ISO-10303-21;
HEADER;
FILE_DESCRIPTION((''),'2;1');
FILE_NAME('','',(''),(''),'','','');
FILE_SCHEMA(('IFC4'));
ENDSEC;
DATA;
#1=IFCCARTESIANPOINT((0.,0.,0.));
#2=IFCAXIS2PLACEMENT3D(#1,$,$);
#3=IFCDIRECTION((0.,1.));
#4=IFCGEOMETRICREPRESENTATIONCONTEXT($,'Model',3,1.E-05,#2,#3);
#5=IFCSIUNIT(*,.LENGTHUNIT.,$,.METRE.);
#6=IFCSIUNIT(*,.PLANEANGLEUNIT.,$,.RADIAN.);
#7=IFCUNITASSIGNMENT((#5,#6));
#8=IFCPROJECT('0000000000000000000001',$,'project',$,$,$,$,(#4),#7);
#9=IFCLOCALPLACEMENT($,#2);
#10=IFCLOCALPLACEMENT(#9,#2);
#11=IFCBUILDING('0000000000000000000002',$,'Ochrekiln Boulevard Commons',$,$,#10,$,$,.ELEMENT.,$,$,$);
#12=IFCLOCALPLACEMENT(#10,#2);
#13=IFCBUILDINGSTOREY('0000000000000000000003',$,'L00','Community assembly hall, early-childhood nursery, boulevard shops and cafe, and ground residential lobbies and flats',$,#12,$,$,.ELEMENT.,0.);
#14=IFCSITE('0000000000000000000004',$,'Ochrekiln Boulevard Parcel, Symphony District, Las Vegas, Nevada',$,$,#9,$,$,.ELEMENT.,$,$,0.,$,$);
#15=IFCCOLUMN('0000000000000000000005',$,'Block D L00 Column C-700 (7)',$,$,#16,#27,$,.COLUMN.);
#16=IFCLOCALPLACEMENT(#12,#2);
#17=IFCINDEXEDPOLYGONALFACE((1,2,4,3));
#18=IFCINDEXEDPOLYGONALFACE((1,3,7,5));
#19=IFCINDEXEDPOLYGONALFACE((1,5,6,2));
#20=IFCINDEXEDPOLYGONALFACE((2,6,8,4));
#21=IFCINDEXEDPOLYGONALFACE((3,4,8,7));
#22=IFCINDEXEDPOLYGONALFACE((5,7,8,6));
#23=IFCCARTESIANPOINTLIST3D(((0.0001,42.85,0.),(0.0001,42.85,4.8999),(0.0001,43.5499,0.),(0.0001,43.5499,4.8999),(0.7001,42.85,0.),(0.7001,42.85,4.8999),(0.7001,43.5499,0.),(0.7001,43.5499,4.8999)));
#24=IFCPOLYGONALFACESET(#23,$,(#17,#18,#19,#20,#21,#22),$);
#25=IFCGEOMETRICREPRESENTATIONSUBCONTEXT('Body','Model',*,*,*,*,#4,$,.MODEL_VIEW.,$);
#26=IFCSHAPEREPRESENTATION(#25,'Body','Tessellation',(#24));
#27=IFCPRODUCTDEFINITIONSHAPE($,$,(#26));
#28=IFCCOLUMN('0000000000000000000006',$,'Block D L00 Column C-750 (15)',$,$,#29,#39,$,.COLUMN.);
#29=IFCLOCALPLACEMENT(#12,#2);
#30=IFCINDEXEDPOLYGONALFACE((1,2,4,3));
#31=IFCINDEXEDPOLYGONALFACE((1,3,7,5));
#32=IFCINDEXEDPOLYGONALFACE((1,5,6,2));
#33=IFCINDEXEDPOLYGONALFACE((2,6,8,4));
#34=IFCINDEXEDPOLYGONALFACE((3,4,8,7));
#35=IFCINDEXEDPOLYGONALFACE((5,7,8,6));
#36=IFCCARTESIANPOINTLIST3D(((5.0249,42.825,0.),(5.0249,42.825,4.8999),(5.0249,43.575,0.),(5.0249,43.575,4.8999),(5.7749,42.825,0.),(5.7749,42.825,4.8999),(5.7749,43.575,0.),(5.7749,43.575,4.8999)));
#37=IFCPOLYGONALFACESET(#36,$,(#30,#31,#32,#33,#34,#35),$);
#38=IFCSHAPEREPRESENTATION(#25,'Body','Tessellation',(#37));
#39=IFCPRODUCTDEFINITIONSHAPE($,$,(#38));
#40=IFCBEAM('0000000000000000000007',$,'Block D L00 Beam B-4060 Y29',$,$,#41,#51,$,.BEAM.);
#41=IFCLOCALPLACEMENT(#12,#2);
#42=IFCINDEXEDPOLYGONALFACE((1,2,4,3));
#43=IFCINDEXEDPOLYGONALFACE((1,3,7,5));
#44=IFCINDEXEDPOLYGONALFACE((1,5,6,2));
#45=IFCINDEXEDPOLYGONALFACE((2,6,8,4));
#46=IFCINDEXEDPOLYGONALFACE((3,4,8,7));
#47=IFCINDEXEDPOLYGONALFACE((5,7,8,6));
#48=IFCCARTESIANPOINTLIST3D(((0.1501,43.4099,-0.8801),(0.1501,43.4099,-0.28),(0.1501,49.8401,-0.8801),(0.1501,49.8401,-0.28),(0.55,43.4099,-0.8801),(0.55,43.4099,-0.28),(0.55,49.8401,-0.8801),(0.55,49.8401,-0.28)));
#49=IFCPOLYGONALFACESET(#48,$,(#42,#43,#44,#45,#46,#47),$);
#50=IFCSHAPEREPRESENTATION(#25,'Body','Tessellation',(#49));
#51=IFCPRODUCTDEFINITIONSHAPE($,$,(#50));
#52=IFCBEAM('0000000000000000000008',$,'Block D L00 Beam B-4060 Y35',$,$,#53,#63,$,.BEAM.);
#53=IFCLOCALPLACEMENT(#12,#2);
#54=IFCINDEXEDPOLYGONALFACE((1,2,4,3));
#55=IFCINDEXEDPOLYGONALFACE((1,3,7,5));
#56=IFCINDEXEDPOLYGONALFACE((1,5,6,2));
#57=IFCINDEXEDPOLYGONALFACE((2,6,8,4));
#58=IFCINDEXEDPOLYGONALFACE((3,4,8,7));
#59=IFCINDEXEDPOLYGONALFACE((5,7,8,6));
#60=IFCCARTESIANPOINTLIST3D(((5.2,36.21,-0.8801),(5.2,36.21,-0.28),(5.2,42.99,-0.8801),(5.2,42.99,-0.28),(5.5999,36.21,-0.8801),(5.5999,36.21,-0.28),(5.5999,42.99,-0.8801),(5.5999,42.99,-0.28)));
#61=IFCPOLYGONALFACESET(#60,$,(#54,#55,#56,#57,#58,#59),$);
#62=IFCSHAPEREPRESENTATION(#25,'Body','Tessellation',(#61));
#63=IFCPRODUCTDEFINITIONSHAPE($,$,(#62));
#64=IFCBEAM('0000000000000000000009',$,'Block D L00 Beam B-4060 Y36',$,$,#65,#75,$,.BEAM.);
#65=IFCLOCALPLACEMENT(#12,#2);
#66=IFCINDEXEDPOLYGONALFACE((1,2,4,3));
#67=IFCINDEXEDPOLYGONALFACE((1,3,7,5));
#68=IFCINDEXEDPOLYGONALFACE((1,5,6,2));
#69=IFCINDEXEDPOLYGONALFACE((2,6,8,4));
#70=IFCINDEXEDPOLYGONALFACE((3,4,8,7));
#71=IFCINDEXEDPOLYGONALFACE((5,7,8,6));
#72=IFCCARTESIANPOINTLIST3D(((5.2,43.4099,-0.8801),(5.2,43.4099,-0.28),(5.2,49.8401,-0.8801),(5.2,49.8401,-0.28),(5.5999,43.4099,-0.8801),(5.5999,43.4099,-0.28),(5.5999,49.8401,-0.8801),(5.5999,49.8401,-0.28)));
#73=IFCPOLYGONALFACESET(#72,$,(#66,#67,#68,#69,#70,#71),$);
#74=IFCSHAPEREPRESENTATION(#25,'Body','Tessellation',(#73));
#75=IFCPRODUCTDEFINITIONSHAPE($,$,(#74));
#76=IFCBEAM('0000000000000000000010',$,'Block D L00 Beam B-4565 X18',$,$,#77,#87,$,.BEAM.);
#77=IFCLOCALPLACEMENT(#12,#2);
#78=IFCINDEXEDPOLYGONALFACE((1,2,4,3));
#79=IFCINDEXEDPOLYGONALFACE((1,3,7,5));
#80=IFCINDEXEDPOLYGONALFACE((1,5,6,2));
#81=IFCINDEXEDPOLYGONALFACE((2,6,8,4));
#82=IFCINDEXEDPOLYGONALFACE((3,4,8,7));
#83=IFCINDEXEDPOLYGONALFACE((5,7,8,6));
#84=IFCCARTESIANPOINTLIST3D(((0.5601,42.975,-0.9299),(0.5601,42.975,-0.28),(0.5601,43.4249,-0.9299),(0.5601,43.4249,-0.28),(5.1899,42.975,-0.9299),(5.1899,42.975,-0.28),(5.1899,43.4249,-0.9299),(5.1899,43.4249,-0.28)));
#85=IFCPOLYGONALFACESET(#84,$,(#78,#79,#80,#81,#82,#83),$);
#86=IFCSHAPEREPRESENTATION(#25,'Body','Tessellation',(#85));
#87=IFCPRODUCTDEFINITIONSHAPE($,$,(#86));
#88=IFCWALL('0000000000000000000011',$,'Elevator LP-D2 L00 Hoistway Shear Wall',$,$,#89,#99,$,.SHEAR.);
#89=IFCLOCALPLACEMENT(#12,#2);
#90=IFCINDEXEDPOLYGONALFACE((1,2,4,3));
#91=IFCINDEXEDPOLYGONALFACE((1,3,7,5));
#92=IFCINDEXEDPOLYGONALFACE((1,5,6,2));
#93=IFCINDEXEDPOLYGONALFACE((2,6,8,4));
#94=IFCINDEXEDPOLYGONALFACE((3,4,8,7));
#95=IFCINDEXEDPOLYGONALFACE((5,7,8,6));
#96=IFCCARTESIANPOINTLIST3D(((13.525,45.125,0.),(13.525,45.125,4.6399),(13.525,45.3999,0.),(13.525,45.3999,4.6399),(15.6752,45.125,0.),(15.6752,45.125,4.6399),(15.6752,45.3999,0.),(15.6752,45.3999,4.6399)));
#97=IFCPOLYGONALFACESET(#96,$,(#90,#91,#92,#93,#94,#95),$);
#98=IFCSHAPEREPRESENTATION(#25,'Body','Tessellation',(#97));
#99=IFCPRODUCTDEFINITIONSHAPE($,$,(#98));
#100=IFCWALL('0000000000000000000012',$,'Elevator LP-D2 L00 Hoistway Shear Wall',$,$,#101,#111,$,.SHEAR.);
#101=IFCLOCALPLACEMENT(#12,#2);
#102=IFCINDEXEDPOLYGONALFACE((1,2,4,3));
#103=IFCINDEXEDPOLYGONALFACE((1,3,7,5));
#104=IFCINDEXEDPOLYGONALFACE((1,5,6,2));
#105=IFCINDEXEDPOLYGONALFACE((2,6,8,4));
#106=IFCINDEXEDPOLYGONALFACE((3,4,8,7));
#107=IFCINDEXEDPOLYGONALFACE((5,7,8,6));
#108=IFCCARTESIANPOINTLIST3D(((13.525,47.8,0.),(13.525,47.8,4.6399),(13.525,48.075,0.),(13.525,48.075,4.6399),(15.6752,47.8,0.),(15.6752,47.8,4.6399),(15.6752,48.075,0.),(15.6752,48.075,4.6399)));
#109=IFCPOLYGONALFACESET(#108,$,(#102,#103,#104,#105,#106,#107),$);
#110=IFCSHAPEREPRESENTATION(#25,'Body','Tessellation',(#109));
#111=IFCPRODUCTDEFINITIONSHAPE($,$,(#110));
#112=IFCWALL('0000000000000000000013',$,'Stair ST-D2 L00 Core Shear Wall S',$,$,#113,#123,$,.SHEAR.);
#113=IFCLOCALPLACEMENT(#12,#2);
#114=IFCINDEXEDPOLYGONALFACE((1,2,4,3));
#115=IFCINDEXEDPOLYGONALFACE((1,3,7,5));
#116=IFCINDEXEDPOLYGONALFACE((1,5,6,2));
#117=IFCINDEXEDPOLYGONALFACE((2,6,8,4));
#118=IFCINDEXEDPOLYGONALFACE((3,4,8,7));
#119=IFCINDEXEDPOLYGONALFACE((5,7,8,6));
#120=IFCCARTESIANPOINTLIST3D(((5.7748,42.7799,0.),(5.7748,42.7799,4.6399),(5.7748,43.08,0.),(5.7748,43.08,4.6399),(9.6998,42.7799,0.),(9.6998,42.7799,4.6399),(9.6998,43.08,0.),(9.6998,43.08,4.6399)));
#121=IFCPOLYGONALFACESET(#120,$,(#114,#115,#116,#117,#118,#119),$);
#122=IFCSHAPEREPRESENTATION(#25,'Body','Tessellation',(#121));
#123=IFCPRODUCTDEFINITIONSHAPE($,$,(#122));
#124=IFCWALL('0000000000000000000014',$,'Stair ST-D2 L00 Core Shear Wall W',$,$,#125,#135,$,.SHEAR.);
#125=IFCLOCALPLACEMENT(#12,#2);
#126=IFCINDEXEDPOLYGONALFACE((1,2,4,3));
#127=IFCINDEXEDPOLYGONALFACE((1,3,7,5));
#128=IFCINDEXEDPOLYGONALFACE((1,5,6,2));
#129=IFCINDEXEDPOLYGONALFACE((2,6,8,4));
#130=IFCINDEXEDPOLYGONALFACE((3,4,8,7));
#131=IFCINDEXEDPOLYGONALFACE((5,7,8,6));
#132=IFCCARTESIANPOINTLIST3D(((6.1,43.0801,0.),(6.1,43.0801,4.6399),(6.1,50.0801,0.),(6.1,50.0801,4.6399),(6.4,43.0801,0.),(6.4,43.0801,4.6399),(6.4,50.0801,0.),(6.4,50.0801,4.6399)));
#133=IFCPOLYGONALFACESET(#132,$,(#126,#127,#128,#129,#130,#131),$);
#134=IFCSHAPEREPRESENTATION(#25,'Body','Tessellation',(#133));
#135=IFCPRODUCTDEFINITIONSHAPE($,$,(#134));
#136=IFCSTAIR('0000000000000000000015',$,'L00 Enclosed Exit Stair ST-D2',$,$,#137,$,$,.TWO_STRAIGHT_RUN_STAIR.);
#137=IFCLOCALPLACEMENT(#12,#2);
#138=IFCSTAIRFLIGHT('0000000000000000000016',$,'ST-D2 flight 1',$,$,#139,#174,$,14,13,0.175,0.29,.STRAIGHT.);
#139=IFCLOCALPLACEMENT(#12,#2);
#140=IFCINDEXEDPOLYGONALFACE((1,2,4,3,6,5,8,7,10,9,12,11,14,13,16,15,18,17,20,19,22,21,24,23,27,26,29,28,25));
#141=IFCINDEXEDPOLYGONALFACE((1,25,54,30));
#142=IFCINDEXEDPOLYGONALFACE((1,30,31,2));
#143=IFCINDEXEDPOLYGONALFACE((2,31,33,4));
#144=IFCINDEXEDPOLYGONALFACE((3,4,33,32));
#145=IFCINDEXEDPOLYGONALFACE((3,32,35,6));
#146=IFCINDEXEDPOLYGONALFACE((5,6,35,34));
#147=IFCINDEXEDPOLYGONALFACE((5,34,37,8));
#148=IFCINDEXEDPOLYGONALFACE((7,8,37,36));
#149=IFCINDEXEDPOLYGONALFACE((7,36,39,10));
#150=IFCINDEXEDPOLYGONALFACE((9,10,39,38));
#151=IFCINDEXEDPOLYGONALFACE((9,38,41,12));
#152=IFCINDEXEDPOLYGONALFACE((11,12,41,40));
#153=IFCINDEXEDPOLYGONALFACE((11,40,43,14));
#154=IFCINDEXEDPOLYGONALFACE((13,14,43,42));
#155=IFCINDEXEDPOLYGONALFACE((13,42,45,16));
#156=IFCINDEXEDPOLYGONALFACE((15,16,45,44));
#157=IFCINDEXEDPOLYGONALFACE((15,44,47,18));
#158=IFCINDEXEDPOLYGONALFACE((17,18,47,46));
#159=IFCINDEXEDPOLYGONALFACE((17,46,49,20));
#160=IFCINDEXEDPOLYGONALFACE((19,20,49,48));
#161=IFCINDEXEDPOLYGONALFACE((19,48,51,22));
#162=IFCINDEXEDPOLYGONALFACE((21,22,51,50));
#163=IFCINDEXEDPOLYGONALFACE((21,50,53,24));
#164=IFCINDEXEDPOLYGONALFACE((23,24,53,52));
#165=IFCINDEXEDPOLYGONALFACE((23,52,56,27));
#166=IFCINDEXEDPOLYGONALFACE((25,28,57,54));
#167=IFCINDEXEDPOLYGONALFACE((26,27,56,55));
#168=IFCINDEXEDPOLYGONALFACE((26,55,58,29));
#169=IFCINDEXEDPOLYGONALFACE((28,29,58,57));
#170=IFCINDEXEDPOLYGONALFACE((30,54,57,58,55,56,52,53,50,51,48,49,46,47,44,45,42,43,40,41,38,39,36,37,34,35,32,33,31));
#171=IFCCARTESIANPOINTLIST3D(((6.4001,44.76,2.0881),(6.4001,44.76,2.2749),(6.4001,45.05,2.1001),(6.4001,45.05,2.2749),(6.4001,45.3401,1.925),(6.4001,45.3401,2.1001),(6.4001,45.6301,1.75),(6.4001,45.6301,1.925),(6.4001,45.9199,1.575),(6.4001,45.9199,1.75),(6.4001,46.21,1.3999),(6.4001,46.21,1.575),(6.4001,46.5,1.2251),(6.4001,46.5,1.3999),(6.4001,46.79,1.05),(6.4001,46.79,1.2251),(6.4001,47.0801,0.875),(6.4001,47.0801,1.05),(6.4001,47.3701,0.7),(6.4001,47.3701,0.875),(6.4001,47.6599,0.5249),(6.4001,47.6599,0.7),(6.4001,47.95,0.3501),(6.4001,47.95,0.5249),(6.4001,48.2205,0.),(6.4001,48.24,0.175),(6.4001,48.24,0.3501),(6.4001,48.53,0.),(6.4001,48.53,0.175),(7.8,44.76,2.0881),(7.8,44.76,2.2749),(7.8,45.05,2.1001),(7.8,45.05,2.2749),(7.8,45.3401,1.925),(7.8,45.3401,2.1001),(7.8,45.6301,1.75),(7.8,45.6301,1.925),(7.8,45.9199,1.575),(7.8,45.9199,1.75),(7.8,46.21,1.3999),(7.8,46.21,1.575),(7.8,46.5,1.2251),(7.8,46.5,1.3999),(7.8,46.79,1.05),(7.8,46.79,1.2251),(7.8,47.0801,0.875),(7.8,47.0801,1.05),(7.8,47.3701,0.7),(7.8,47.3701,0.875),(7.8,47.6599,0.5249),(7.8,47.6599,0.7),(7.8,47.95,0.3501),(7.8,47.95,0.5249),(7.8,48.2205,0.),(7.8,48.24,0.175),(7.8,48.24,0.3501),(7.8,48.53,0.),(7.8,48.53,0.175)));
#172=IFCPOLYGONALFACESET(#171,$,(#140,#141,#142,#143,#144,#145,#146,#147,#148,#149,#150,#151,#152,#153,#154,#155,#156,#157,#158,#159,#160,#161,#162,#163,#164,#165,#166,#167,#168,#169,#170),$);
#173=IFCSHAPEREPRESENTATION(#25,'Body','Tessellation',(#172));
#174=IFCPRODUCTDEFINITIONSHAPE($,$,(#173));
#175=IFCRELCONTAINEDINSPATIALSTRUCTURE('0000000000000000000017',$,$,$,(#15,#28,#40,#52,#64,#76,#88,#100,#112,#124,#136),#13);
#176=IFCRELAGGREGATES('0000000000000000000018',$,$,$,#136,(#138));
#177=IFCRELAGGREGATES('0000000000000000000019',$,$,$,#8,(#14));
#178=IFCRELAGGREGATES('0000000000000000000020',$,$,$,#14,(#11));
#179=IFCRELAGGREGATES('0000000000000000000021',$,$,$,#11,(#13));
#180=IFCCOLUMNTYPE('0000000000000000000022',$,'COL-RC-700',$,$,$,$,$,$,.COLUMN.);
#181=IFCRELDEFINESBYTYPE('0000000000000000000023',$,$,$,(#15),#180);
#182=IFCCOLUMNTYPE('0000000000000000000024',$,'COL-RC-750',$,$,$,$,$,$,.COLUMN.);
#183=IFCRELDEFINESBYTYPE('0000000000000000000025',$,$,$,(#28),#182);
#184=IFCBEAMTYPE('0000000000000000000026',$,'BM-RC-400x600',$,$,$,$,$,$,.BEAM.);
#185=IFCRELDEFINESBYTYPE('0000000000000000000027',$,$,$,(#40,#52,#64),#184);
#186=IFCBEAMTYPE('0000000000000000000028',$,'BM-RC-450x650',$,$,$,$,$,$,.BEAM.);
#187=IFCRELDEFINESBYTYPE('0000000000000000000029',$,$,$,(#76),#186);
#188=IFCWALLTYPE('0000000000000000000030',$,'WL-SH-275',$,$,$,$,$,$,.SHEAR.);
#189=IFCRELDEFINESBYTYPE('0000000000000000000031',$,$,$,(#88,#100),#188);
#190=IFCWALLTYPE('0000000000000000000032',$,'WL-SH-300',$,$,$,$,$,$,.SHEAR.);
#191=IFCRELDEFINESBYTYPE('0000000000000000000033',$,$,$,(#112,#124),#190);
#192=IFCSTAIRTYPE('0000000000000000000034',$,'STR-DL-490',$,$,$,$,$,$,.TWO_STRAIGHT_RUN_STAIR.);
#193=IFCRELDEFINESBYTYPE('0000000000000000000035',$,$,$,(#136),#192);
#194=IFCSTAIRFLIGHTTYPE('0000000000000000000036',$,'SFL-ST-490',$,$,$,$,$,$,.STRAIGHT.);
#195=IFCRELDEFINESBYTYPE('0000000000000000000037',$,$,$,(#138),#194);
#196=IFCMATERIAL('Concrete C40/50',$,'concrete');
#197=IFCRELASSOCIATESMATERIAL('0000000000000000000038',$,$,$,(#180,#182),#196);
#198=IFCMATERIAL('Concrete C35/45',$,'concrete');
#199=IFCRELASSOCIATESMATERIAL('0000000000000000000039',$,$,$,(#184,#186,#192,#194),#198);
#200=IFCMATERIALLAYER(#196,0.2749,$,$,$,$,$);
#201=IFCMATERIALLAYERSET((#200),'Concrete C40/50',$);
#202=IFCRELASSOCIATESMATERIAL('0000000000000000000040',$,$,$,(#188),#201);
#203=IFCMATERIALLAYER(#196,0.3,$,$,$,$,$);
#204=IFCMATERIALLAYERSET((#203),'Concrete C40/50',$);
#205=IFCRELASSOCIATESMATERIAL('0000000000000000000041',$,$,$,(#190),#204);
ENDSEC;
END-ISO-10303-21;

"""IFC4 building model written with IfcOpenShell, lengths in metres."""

from ifc_helpers import new_model, si_unit, direction, frame, frame_2d, origin, origin_2d, place, context, subcontext, project, spatial, polyline, rectangle, outline, extrude, material, layer, layer_set, material_profile, profile_set, type_object, element, aggregate, save


model = new_model("IFC4")

# Units and contexts
model_context = context("Model", 3, precision=1e-05, world=origin(), true_north=direction((0.0, 1.0)))
body_context = subcontext(model_context, "Body", "Model", "MODEL_VIEW")
ifc_project = project(units=[si_unit("LENGTHUNIT", "METRE"), si_unit("PLANEANGLEUNIT", "RADIAN")], contexts=[model_context])

# Site, building, storey
site_placement = place(None, origin())
site = spatial("IfcSite", under=ifc_project, at=site_placement, Name="Ochrekiln Boulevard Parcel, Symphony District, Las Vegas, Nevada", CompositionType="ELEMENT", RefElevation=0.0)
building_placement = place(site_placement, origin())
building = spatial("IfcBuilding", under=site, at=building_placement, Name="Ochrekiln Boulevard Commons", CompositionType="ELEMENT")
storey_placement = place(building_placement, origin())
storey = spatial("IfcBuildingStorey", under=building, at=storey_placement, Name="L00", Description="Community assembly hall, early-childhood nursery, boulevard shops and cafe, and ground residential lobbies and flats", CompositionType="ELEMENT", Elevation=0.0)

# Columns
ifc_material_1 = material(Name="Concrete C40/50", Category="concrete")
ifc_material_profile_1 = material_profile(ifc_material_1, rectangle(XDim=0.7, YDim=0.7, at=origin_2d()), Name="RC-COL-700x700")
ifc_profile_set_1 = profile_set([ifc_material_profile_1], Name="Concrete C40/50")
column_type_1 = type_object("IfcColumnType", Name="COL-RC-700", PredefinedType="COLUMN", material=ifc_profile_set_1)
column_1_placement = place(storey_placement, frame((0.3501, 43.2, 0.0), z_axis=(0.0, 0.0, 1.0), x_axis=(1.0, 0.0, 0.0)))
element("IfcColumn", 1, at=column_1_placement, inside=storey, type_object=column_type_1, Name="Block D L00 Column C-700 (7)", PredefinedType="COLUMN", context=body_context, shape_type="SweptSolid", body=[
    extrude(rectangle(XDim=0.7, YDim=0.7, at=origin_2d()), origin(), (0.0, 0.0, 1.0), 4.8999),
])
ifc_material_profile_2 = material_profile(ifc_material_1, rectangle(XDim=0.75, YDim=0.75, at=origin_2d()), Name="RC-COL-750x750")
ifc_profile_set_2 = profile_set([ifc_material_profile_2], Name="Concrete C40/50")
column_type_2 = type_object("IfcColumnType", Name="COL-RC-750", PredefinedType="COLUMN", material=ifc_profile_set_2)
column_2_placement = place(storey_placement, frame((5.3999, 43.2, 0.0), z_axis=(0.0, 0.0, 1.0), x_axis=(1.0, 0.0, 0.0)))
element("IfcColumn", 2, at=column_2_placement, inside=storey, type_object=column_type_2, Name="Block D L00 Column C-750 (15)", PredefinedType="COLUMN", context=body_context, shape_type="SweptSolid", body=[
    extrude(rectangle(XDim=0.75, YDim=0.75, at=origin_2d()), origin(), (0.0, 0.0, 1.0), 4.8999),
])

# Beams
ifc_material_2 = material(Name="Concrete C35/45", Category="concrete")
ifc_material_profile_3 = material_profile(ifc_material_2, rectangle(XDim=0.3999, YDim=0.6001, at=origin_2d()), Name="RC-BM-400x600")
ifc_profile_set_3 = profile_set([ifc_material_profile_3], Name="Concrete C35/45")
beam_type_1 = type_object("IfcBeamType", Name="BM-RC-400x600", PredefinedType="BEAM", material=ifc_profile_set_3)
beam_1_placement = place(storey_placement, frame((0.3501, 43.4099, -0.5801), z_axis=(0.0, 1.0, 0.0), x_axis=(-1.0, 0.0, 0.0)))
element("IfcBeam", 3, at=beam_1_placement, inside=storey, type_object=beam_type_1, Name="Block D L00 Beam B-4060 Y29", PredefinedType="BEAM", context=body_context, shape_type="SweptSolid", body=[
    extrude(rectangle(XDim=0.3999, YDim=0.6001, at=origin_2d()), origin(), (0.0, 0.0, 1.0), 6.4302),
])
beam_2_placement = place(storey_placement, frame((5.3999, 36.21, -0.5801), z_axis=(0.0, 1.0, 0.0), x_axis=(-1.0, 0.0, 0.0)))
element("IfcBeam", 4, at=beam_2_placement, inside=storey, type_object=beam_type_1, Name="Block D L00 Beam B-4060 Y35", PredefinedType="BEAM", context=body_context, shape_type="SweptSolid", body=[
    extrude(rectangle(XDim=0.3999, YDim=0.6001, at=origin_2d()), origin(), (0.0, 0.0, 1.0), 6.78),
])
beam_3_placement = place(storey_placement, frame((5.3999, 43.4099, -0.5801), z_axis=(0.0, 1.0, 0.0), x_axis=(-1.0, 0.0, 0.0)))
element("IfcBeam", 5, at=beam_3_placement, inside=storey, type_object=beam_type_1, Name="Block D L00 Beam B-4060 Y36", PredefinedType="BEAM", context=body_context, shape_type="SweptSolid", body=[
    extrude(rectangle(XDim=0.3999, YDim=0.6001, at=origin_2d()), origin(), (0.0, 0.0, 1.0), 6.4302),
])
ifc_material_profile_4 = material_profile(ifc_material_2, rectangle(XDim=0.45, YDim=0.6499, at=origin_2d()), Name="RC-BM-450x650")
ifc_profile_set_4 = profile_set([ifc_material_profile_4], Name="Concrete C35/45")
beam_type_2 = type_object("IfcBeamType", Name="BM-RC-450x650", PredefinedType="BEAM", material=ifc_profile_set_4)
beam_4_placement = place(storey_placement, frame((0.5601, 43.2, -0.605), z_axis=(1.0, 0.0, 0.0), x_axis=(0.0, 1.0, 0.0)))
element("IfcBeam", 6, at=beam_4_placement, inside=storey, type_object=beam_type_2, Name="Block D L00 Beam B-4565 X18", PredefinedType="BEAM", context=body_context, shape_type="SweptSolid", body=[
    extrude(rectangle(XDim=0.45, YDim=0.6499, at=origin_2d()), origin(), (0.0, 0.0, 1.0), 4.6299),
])

# Walls
ifc_layer_1 = layer(ifc_material_1, 0.2749)
ifc_layer_set_1 = layer_set([ifc_layer_1], Name="Concrete C40/50")
wall_type_1 = type_object("IfcWallType", Name="WL-SH-275", PredefinedType="SHEAR", material=ifc_layer_set_1)
for number, where, z_axis, x_axis, name in (
    (7, (13.5249, 45.2625, 0.0), (0.0, 0.0, 1.0), (1.0, 0.0, 0.0), "Elevator LP-D2 L00 Hoistway Shear Wall"),
    (8, (13.5249, 47.9375, 0.0), (0.0, 0.0, 1.0), (1.0, 0.0, 0.0), "Elevator LP-D2 L00 Hoistway Shear Wall"),
):
    element("IfcWall", number, at=place(storey_placement, frame(where, z_axis=z_axis, x_axis=x_axis)), inside=storey, type_object=wall_type_1, Name=name, PredefinedType="SHEAR", context=body_context, shape_type="SweptSolid", body=[
        extrude(rectangle(XDim=2.1501, YDim=0.2749, at=frame_2d((1.0752, 0.0))), origin(), (0.0, 0.0, 1.0), 4.6399),
    ])

# Walls
ifc_layer_2 = layer(ifc_material_1, 0.3)
ifc_layer_set_2 = layer_set([ifc_layer_2], Name="Concrete C40/50")
wall_type_2 = type_object("IfcWallType", Name="WL-SH-300", PredefinedType="SHEAR", material=ifc_layer_set_2)
wall_1_placement = place(storey_placement, frame((5.7749, 42.9299, 0.0), z_axis=(0.0, 0.0, 1.0), x_axis=(1.0, 0.0, 0.0)))
element("IfcWall", 9, at=wall_1_placement, inside=storey, type_object=wall_type_2, Name="Stair ST-D2 L00 Core Shear Wall S", PredefinedType="SHEAR", context=body_context, shape_type="SweptSolid", body=[
    extrude(rectangle(XDim=3.925, YDim=0.3, at=frame_2d((1.9624, 0.0))), origin(), (0.0, 0.0, 1.0), 4.6399),
])
wall_2_placement = place(storey_placement, frame((6.25, 43.0801, 0.0), z_axis=(0.0, 0.0, 1.0), x_axis=(0.0, 1.0, 0.0)))
element("IfcWall", 10, at=wall_2_placement, inside=storey, type_object=wall_type_2, Name="Stair ST-D2 L00 Core Shear Wall W", PredefinedType="SHEAR", context=body_context, shape_type="SweptSolid", body=[
    extrude(rectangle(XDim=7.0, YDim=0.3, at=frame_2d((3.5, 0.0))), origin(), (0.0, 0.0, 1.0), 4.6399),
])

# Stair, stair flight
stair_type = type_object("IfcStairType", Name="STR-DL-490", PredefinedType="TWO_STRAIGHT_RUN_STAIR", material=ifc_material_2)
stair_placement = place(storey_placement, origin())
stair = element("IfcStair", 11, at=stair_placement, inside=storey, type_object=stair_type, Name="L00 Enclosed Exit Stair ST-D2", PredefinedType="TWO_STRAIGHT_RUN_STAIR")
stair_flight_type = type_object("IfcStairFlightType", Name="SFL-ST-490", PredefinedType="STRAIGHT", material=ifc_material_2)
stair_flight_1_placement = place(storey_placement, frame((7.1001, 48.53, 0.0), z_axis=(0.0, 0.0, 1.0), x_axis=(0.0, -1.0, 0.0)))
stair_flight_1 = element("IfcStairFlight", 12, at=stair_flight_1_placement, type_object=stair_flight_type, Name="ST-D2 flight 1", NumberOfRisers=14, NumberOfTreads=13, PredefinedType="STRAIGHT", RiserHeight=0.175, TreadLength=0.29, context=body_context, shape_type="SweptSolid", body=[
    extrude(outline(polyline([(0.0, 0.0), (0.0, 0.175), (0.29, 0.175), (0.29, 0.3501), (0.5801, 0.3501), (0.5801, 0.5249), (0.8701, 0.5249), (0.8701, 0.7), (1.1599, 0.7), (1.1599, 0.875), (1.45, 0.875), (1.45, 1.05), (1.74, 1.05), (1.74, 1.2251), (2.03, 1.2251), (2.03, 1.3999), (2.3201, 1.3999), (2.3201, 1.575), (2.6101, 1.575), (2.6101, 1.75), (2.8999, 1.75), (2.8999, 1.925), (3.1899, 1.925), (3.1899, 2.1001), (3.48, 2.1001), (3.48, 2.2749), (3.77, 2.2749), (3.77, 2.45), (3.77, 2.0881), (0.3096, 0.0), (0.0, 0.0)])), frame((0.0, 0.7, 0.0), z_axis=(0.0, -1.0, 0.0), x_axis=(1.0, 0.0, 0.0)), (0.0, 0.0, 1.0), 1.3999),
])
aggregate(stair, [stair_flight_1])

save(model, "model.ifc")
